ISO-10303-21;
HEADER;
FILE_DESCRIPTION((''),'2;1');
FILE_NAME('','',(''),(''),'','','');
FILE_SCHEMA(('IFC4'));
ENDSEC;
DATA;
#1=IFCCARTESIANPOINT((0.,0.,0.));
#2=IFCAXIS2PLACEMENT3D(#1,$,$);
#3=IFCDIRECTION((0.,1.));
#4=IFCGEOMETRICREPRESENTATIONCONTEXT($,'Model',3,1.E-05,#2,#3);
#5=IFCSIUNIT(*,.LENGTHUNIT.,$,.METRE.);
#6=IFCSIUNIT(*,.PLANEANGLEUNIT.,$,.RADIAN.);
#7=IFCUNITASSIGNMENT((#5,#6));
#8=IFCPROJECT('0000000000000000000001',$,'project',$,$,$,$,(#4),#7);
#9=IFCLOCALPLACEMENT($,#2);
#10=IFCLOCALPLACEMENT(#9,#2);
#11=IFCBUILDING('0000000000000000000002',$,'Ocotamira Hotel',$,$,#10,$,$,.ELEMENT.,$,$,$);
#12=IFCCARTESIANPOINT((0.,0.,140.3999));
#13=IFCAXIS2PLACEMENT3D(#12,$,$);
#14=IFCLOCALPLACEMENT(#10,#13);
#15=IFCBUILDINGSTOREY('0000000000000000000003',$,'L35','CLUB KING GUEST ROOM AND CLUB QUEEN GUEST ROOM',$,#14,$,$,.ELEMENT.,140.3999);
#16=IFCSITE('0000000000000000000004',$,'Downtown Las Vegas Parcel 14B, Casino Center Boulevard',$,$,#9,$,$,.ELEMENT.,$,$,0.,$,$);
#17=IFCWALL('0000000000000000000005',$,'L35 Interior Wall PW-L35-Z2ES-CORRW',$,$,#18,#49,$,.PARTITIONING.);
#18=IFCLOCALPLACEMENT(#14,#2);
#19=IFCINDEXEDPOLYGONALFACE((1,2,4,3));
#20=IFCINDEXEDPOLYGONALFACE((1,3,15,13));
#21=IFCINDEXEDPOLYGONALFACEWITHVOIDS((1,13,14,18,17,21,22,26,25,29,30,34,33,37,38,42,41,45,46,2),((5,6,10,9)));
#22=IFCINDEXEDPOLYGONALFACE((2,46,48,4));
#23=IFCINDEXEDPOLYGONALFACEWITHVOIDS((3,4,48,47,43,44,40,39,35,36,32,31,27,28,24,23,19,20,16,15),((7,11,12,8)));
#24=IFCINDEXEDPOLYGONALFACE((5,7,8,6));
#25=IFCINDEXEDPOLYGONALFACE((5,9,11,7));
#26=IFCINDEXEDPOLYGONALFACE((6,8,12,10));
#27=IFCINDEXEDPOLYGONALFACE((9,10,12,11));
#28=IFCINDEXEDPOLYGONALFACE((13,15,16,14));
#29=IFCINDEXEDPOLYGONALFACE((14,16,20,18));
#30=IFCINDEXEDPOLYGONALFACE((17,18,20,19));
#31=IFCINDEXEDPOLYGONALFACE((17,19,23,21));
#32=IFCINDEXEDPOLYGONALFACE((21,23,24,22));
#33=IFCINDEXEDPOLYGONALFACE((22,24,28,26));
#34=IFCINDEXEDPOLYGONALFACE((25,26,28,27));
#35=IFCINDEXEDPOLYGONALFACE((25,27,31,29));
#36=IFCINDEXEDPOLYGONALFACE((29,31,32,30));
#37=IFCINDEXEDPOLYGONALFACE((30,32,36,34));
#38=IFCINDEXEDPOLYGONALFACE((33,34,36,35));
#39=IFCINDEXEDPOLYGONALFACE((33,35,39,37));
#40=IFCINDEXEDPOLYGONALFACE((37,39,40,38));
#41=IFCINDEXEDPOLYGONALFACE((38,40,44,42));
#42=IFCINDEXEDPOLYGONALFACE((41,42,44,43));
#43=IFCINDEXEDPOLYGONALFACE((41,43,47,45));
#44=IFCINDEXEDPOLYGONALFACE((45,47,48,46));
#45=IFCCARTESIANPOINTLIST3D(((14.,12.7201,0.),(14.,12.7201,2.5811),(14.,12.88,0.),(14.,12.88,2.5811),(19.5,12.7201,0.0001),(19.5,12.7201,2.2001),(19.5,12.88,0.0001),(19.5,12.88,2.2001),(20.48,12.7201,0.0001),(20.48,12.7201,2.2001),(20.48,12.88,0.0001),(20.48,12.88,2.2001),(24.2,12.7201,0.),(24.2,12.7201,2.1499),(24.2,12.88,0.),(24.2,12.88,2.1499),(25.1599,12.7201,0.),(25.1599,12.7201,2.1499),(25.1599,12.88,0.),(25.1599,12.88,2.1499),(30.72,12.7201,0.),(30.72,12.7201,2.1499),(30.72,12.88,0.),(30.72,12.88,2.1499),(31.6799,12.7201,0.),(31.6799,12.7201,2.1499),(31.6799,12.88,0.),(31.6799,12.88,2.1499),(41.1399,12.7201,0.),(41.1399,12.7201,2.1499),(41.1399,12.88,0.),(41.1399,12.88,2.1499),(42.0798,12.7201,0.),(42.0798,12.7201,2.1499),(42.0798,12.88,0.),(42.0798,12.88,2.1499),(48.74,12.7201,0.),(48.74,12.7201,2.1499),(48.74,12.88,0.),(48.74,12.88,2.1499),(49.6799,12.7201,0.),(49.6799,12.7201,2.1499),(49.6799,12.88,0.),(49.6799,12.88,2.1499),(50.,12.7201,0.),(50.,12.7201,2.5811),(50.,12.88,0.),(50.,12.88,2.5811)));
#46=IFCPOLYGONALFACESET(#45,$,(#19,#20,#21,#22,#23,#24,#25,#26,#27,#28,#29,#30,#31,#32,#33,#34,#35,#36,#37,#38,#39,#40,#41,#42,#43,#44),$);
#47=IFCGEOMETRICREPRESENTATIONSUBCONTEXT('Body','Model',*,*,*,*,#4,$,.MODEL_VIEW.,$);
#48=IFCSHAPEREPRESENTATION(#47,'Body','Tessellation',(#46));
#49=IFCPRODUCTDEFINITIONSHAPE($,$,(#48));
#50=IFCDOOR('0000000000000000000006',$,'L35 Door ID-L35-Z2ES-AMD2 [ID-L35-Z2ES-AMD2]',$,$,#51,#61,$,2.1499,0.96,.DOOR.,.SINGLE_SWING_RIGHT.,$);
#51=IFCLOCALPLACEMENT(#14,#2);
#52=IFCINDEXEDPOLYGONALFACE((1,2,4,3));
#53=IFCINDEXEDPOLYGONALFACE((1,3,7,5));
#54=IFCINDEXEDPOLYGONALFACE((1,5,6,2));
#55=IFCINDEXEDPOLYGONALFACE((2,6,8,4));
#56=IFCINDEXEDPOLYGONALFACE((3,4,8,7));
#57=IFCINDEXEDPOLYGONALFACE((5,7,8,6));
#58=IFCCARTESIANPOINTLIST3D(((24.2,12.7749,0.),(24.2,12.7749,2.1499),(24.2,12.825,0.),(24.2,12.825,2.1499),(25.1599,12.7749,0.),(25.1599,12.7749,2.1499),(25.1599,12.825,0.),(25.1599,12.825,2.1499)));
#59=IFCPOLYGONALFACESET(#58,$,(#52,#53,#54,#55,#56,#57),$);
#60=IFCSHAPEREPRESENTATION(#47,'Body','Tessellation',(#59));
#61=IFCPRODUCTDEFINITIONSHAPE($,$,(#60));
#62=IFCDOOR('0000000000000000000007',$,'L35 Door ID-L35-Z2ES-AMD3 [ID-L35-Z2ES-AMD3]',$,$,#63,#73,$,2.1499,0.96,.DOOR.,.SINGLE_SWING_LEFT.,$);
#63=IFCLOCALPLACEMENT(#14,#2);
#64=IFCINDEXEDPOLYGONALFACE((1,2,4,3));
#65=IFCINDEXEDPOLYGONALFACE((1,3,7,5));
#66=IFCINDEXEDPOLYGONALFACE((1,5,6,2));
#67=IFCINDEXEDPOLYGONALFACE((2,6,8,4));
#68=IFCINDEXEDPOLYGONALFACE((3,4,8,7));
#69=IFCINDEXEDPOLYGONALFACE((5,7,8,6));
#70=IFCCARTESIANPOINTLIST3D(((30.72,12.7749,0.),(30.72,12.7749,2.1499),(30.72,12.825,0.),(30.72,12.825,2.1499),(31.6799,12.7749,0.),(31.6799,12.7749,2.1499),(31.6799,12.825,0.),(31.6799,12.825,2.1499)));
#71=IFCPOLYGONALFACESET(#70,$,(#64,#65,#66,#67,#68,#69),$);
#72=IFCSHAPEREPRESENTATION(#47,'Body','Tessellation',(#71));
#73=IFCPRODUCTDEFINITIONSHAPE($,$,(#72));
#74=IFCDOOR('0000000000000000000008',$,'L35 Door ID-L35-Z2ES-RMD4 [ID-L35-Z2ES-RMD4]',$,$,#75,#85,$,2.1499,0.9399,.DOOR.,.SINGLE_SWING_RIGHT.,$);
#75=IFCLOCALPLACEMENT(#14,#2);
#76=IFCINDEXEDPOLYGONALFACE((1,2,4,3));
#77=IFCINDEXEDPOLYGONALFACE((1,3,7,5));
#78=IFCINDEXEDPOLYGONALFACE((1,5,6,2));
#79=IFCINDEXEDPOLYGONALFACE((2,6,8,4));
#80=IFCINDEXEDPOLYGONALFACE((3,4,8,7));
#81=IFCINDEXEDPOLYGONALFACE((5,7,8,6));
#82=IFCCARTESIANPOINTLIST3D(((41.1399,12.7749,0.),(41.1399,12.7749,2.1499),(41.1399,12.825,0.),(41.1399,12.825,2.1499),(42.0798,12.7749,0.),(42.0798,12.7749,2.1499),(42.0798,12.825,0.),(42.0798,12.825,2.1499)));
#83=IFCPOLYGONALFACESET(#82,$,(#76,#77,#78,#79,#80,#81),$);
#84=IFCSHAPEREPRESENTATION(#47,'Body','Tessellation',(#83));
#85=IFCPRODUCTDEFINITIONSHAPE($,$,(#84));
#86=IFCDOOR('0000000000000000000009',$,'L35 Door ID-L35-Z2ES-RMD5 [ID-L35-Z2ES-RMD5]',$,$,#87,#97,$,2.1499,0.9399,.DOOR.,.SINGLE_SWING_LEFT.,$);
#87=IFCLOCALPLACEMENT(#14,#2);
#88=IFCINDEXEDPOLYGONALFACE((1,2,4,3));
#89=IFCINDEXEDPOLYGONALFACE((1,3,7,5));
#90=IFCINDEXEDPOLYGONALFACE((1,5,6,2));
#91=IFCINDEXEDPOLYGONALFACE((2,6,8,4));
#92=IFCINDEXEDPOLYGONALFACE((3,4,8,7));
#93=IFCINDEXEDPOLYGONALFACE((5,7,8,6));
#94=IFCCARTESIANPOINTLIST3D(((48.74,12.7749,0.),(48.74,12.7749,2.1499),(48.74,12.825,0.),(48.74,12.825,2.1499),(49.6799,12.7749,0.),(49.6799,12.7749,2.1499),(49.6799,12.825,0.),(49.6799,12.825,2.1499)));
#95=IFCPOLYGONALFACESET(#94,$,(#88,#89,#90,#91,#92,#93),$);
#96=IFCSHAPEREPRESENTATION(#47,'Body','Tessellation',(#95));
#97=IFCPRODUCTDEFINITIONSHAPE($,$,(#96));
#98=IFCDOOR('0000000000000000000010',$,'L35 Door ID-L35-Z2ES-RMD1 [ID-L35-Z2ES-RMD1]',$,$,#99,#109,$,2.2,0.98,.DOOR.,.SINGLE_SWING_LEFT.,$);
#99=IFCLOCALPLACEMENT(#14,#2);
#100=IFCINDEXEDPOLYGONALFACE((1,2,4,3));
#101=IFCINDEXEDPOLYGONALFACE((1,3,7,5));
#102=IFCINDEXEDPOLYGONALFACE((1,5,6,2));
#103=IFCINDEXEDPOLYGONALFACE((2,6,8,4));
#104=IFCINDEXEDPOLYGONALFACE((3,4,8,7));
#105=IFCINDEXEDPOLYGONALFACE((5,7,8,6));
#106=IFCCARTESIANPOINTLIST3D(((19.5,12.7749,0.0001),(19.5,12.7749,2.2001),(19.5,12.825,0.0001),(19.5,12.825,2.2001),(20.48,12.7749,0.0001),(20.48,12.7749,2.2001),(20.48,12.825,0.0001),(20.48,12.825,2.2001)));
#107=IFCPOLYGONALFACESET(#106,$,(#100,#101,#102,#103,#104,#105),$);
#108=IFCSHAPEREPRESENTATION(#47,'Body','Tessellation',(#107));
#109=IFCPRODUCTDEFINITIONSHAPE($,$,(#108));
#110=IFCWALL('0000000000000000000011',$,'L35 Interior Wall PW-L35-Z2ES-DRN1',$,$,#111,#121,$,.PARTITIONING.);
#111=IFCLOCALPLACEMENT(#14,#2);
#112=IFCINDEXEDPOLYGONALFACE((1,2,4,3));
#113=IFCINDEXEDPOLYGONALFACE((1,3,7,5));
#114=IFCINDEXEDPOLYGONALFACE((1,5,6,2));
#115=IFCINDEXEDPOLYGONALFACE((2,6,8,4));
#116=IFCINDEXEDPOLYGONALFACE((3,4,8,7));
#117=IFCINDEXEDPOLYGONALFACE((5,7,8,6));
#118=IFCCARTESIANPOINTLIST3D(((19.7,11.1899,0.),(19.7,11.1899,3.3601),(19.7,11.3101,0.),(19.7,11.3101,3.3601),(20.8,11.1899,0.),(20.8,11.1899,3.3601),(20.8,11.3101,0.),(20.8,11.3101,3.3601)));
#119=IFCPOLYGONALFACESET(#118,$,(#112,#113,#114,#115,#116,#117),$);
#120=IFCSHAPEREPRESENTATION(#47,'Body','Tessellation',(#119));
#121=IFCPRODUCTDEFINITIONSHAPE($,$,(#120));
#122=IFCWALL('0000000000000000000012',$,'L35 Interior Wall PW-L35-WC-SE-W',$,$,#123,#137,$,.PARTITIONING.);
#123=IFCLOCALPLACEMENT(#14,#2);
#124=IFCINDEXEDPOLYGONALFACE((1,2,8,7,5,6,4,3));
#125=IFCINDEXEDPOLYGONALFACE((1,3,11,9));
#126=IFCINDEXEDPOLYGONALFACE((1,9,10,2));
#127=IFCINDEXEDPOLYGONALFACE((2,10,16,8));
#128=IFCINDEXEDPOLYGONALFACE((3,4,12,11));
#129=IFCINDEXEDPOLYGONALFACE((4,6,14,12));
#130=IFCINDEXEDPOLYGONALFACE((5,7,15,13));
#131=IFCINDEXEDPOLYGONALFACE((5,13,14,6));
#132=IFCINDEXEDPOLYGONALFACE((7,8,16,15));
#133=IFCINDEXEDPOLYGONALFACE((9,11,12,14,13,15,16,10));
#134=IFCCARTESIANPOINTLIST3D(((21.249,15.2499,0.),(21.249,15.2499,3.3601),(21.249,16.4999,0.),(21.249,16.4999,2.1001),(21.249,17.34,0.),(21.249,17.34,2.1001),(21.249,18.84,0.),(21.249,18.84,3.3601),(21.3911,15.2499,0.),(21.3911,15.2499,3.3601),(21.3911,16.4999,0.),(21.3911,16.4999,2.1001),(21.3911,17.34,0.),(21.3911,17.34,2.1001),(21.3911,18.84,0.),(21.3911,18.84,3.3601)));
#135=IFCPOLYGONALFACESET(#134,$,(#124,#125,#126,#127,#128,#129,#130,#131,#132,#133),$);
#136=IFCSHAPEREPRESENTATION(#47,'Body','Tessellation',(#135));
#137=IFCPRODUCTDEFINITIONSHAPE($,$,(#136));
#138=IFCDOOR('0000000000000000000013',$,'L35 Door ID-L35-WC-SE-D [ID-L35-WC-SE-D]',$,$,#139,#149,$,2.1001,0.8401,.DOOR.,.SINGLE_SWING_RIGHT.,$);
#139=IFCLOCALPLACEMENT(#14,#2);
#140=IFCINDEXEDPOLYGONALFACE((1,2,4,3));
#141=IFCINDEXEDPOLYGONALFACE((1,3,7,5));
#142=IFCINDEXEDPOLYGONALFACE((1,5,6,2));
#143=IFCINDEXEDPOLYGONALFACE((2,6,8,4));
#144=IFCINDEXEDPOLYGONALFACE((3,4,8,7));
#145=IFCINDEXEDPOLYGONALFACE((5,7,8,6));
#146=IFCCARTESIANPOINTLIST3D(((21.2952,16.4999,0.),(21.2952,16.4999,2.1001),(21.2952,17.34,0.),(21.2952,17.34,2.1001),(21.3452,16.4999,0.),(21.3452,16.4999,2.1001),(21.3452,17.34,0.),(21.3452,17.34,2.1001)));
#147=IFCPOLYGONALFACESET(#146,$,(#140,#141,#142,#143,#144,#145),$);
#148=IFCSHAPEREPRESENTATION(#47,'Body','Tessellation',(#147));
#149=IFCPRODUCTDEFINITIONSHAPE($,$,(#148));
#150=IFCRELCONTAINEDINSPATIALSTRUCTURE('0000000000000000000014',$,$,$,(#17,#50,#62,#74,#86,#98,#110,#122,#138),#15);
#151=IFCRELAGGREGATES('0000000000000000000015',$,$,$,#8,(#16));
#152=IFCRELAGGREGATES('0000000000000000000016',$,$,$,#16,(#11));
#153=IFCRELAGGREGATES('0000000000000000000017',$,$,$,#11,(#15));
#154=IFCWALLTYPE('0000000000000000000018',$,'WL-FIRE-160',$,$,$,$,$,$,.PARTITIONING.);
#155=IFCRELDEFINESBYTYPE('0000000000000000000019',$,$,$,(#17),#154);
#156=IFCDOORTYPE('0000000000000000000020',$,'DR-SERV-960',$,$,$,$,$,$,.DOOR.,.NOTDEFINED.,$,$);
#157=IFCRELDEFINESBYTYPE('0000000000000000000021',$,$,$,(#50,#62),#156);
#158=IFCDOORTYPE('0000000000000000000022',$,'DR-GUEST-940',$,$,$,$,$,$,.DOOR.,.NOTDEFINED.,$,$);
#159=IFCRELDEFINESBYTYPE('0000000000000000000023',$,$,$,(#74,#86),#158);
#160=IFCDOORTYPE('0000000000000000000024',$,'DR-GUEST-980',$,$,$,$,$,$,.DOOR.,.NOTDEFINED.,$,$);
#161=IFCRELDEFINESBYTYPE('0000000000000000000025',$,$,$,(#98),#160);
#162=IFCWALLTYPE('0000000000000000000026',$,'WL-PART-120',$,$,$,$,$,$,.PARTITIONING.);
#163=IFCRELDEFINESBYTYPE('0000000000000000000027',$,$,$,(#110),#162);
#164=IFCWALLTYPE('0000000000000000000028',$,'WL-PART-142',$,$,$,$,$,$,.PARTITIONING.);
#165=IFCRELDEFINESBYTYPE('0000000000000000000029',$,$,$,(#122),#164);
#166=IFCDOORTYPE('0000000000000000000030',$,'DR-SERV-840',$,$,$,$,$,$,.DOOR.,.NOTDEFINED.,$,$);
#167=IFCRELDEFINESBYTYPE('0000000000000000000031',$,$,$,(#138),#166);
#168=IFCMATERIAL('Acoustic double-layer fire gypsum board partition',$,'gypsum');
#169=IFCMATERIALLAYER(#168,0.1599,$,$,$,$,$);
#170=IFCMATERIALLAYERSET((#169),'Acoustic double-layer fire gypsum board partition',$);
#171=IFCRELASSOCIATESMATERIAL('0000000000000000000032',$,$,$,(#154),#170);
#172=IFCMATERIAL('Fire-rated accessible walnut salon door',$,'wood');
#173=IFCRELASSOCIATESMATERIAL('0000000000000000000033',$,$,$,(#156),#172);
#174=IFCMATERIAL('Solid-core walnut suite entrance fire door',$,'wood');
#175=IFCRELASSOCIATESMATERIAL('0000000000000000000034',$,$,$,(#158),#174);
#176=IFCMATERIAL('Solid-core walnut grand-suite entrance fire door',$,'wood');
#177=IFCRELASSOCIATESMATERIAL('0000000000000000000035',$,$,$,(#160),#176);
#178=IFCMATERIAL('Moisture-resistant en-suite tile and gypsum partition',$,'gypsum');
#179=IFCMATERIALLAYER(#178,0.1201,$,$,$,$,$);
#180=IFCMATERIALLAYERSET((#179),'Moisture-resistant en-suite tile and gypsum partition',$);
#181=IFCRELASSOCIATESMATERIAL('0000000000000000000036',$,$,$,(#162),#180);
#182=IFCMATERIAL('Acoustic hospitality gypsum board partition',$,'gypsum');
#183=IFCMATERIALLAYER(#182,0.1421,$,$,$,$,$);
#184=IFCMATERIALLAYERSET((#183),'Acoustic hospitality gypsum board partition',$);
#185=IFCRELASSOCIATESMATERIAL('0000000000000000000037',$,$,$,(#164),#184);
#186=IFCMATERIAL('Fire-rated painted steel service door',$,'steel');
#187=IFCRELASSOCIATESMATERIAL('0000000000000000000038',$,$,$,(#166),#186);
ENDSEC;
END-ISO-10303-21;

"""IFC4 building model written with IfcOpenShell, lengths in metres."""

from ifc_helpers import new_model, si_unit, direction, frame, frame_2d, origin, place, context, subcontext, project, spatial, rectangle, extrude, source, transform, mapped, material, layer, layer_set, type_object, element, fill, save


model = new_model("IFC4")

# Units and contexts
model_context = context("Model", 3, precision=1e-05, world=origin(), true_north=direction((0.0, 1.0)))
body_context = subcontext(model_context, "Body", "Model", "MODEL_VIEW")
ifc_project = project(units=[si_unit("LENGTHUNIT", "METRE"), si_unit("PLANEANGLEUNIT", "RADIAN")], contexts=[model_context])

# Site, building, storey
site_placement = place(None, origin())
site = spatial("IfcSite", under=ifc_project, at=site_placement, Name="Downtown Las Vegas Parcel 14B, Casino Center Boulevard", CompositionType="ELEMENT", RefElevation=0.0)
building_placement = place(site_placement, origin())
building = spatial("IfcBuilding", under=site, at=building_placement, Name="Ocotamira Hotel", CompositionType="ELEMENT")
storey_placement = place(building_placement, frame((0.0, 0.0, 140.3999)))
storey = spatial("IfcBuildingStorey", under=building, at=storey_placement, Name="L35", Description="CLUB KING GUEST ROOM AND CLUB QUEEN GUEST ROOM", CompositionType="ELEMENT", Elevation=140.3999)

# Wall, openings, doors
ifc_material_1 = material(Name="Acoustic double-layer fire gypsum board partition", Category="gypsum")
ifc_layer_1 = layer(ifc_material_1, 0.1599)
ifc_layer_set_1 = layer_set([ifc_layer_1], Name="Acoustic double-layer fire gypsum board partition")
wall_type_1 = type_object("IfcWallType", Name="WL-FIRE-160", PredefinedType="PARTITIONING", material=ifc_layer_set_1)
wall_1_placement = place(storey_placement, frame((14.0, 12.8, 0.0), z_axis=(0.0, 0.0, 1.0), x_axis=(1.0, 0.0, 0.0)))
wall_1 = element("IfcWall", 1, at=wall_1_placement, inside=storey, type_object=wall_type_1, Name="L35 Interior Wall PW-L35-Z2ES-CORRW", PredefinedType="PARTITIONING", context=body_context, shape_type="SweptSolid", body=[
    extrude(rectangle(XDim=36.0, YDim=0.1599, at=frame_2d((18.0, 0.0))), origin(), (0.0, 0.0, 1.0), 2.5811),
])
opening_1_placement = place(wall_1_placement, frame((5.5, 0.0, 0.0)))
opening_1 = element("IfcOpeningElement", 2, at=opening_1_placement, cuts=wall_1, PredefinedType="OPENING", context=body_context, shape_type="SweptSolid", body=[
    extrude(rectangle(XDim=0.98, YDim=2.2, at=frame_2d((0.49, 1.1001))), frame((0.0, 0.0898, 0.0), z_axis=(0.0, -1.0, 0.0), x_axis=(1.0, 0.0, 0.0)), (0.0, 0.0, 1.0), 0.1799),
])
opening_2_placement = place(wall_1_placement, frame((10.2, 0.0, 0.0)))
opening_2 = element("IfcOpeningElement", 3, at=opening_2_placement, cuts=wall_1, PredefinedType="OPENING", context=body_context, shape_type="SweptSolid", body=[
    extrude(rectangle(XDim=0.96, YDim=2.1499, at=frame_2d((0.48, 1.075))), frame((0.0, 0.0898, 0.0), z_axis=(0.0, -1.0, 0.0), x_axis=(1.0, 0.0, 0.0)), (0.0, 0.0, 1.0), 0.1799),
])
opening_3_placement = place(wall_1_placement, frame((16.72, 0.0, 0.0)))
opening_3 = element("IfcOpeningElement", 4, at=opening_3_placement, cuts=wall_1, PredefinedType="OPENING", context=body_context, shape_type="SweptSolid", body=[
    extrude(rectangle(XDim=0.96, YDim=2.1499, at=frame_2d((0.48, 1.075))), frame((0.0, 0.0898, 0.0), z_axis=(0.0, -1.0, 0.0), x_axis=(1.0, 0.0, 0.0)), (0.0, 0.0, 1.0), 0.1799),
])
opening_4_placement = place(wall_1_placement, frame((27.1399, 0.0, 0.0)))
opening_4 = element("IfcOpeningElement", 5, at=opening_4_placement, cuts=wall_1, PredefinedType="OPENING", context=body_context, shape_type="SweptSolid", body=[
    extrude(rectangle(XDim=0.9399, YDim=2.1499, at=frame_2d((0.47, 1.075))), frame((0.0, 0.0898, 0.0), z_axis=(0.0, -1.0, 0.0), x_axis=(1.0, 0.0, 0.0)), (0.0, 0.0, 1.0), 0.1799),
])
opening_5_placement = place(wall_1_placement, frame((34.74, 0.0, 0.0)))
opening_5 = element("IfcOpeningElement", 6, at=opening_5_placement, cuts=wall_1, PredefinedType="OPENING", context=body_context, shape_type="SweptSolid", body=[
    extrude(rectangle(XDim=0.9399, YDim=2.1499, at=frame_2d((0.47, 1.075))), frame((0.0, 0.0898, 0.0), z_axis=(0.0, -1.0, 0.0), x_axis=(1.0, 0.0, 0.0)), (0.0, 0.0, 1.0), 0.1799),
])
ifc_material_2 = material(Name="Fire-rated accessible walnut salon door", Category="wood")
door_type_1 = type_object("IfcDoorType", Name="DR-SERV-960", OperationType="NOTDEFINED", PredefinedType="DOOR", material=ifc_material_2)
shared_shape_1 = source(origin(), body_context, "Body", "SweptSolid", [
    extrude(rectangle(XDim=0.96, YDim=2.1499, at=frame_2d((0.48, 1.075))), frame((0.0, 0.0249, 0.0), z_axis=(0.0, -1.0, 0.0), x_axis=(1.0, 0.0, 0.0)), (0.0, 0.0, 1.0), 0.05),
])
door_1_placement = place(opening_2_placement, origin())
door_1 = element("IfcDoor", 7, at=door_1_placement, inside=storey, type_object=door_type_1, Name="L35 Door ID-L35-Z2ES-AMD2 [ID-L35-Z2ES-AMD2]", OperationType="SINGLE_SWING_RIGHT", OverallHeight=2.1499, OverallWidth=0.96, PredefinedType="DOOR", context=body_context, shape_type="MappedRepresentation", body=[
    mapped(shared_shape_1, transform((0.0, 0.0, 0.0), scale=1.0)),
])
fill(opening_2, door_1)
door_2_placement = place(opening_3_placement, origin())
door_2 = element("IfcDoor", 8, at=door_2_placement, inside=storey, type_object=door_type_1, Name="L35 Door ID-L35-Z2ES-AMD3 [ID-L35-Z2ES-AMD3]", OperationType="SINGLE_SWING_LEFT", OverallHeight=2.1499, OverallWidth=0.96, PredefinedType="DOOR", context=body_context, shape_type="MappedRepresentation", body=[
    mapped(shared_shape_1, transform((0.0, 0.0, 0.0), scale=1.0)),
])
fill(opening_3, door_2)
ifc_material_3 = material(Name="Solid-core walnut suite entrance fire door", Category="wood")
door_type_2 = type_object("IfcDoorType", Name="DR-GUEST-940", OperationType="NOTDEFINED", PredefinedType="DOOR", material=ifc_material_3)
shared_shape_2 = source(origin(), body_context, "Body", "SweptSolid", [
    extrude(rectangle(XDim=0.9399, YDim=2.1499, at=frame_2d((0.47, 1.075))), frame((0.0, 0.0249, 0.0), z_axis=(0.0, -1.0, 0.0), x_axis=(1.0, 0.0, 0.0)), (0.0, 0.0, 1.0), 0.05),
])
door_3_placement = place(opening_4_placement, origin())
door_3 = element("IfcDoor", 9, at=door_3_placement, inside=storey, type_object=door_type_2, Name="L35 Door ID-L35-Z2ES-RMD4 [ID-L35-Z2ES-RMD4]", OperationType="SINGLE_SWING_RIGHT", OverallHeight=2.1499, OverallWidth=0.9399, PredefinedType="DOOR", context=body_context, shape_type="MappedRepresentation", body=[
    mapped(shared_shape_2, transform((0.0, 0.0, 0.0), scale=1.0)),
])
fill(opening_4, door_3)
door_4_placement = place(opening_5_placement, origin())
door_4 = element("IfcDoor", 10, at=door_4_placement, inside=storey, type_object=door_type_2, Name="L35 Door ID-L35-Z2ES-RMD5 [ID-L35-Z2ES-RMD5]", OperationType="SINGLE_SWING_LEFT", OverallHeight=2.1499, OverallWidth=0.9399, PredefinedType="DOOR", context=body_context, shape_type="MappedRepresentation", body=[
    mapped(shared_shape_2, transform((0.0, 0.0, 0.0), scale=1.0)),
])
fill(opening_5, door_4)
ifc_material_4 = material(Name="Solid-core walnut grand-suite entrance fire door", Category="wood")
door_type_3 = type_object("IfcDoorType", Name="DR-GUEST-980", OperationType="NOTDEFINED", PredefinedType="DOOR", material=ifc_material_4)
shared_shape_3 = source(origin(), body_context, "Body", "SweptSolid", [
    extrude(rectangle(XDim=0.98, YDim=2.2, at=frame_2d((0.49, 1.1001))), frame((0.0, 0.0249, 0.0), z_axis=(0.0, -1.0, 0.0), x_axis=(1.0, 0.0, 0.0)), (0.0, 0.0, 1.0), 0.05),
])
door_5_placement = place(opening_1_placement, origin())
door_5 = element("IfcDoor", 11, at=door_5_placement, inside=storey, type_object=door_type_3, Name="L35 Door ID-L35-Z2ES-RMD1 [ID-L35-Z2ES-RMD1]", OperationType="SINGLE_SWING_LEFT", OverallHeight=2.2, OverallWidth=0.98, PredefinedType="DOOR", context=body_context, shape_type="MappedRepresentation", body=[
    mapped(shared_shape_3, transform((0.0, 0.0, 0.0), scale=1.0)),
])
fill(opening_1, door_5)

# Wall
ifc_material_5 = material(Name="Moisture-resistant en-suite tile and gypsum partition", Category="gypsum")
ifc_layer_2 = layer(ifc_material_5, 0.1201)
ifc_layer_set_2 = layer_set([ifc_layer_2], Name="Moisture-resistant en-suite tile and gypsum partition")
wall_type_2 = type_object("IfcWallType", Name="WL-PART-120", PredefinedType="PARTITIONING", material=ifc_layer_set_2)
wall_2_placement = place(storey_placement, frame((19.7, 11.25, 0.0), z_axis=(0.0, 0.0, 1.0), x_axis=(1.0, 0.0, 0.0)))
element("IfcWall", 12, at=wall_2_placement, inside=storey, type_object=wall_type_2, Name="L35 Interior Wall PW-L35-Z2ES-DRN1", PredefinedType="PARTITIONING", context=body_context, shape_type="SweptSolid", body=[
    extrude(rectangle(XDim=1.1001, YDim=0.1201, at=frame_2d((0.55, 0.0))), origin(), (0.0, 0.0, 1.0), 3.3601),
])

# Wall, opening, door
ifc_material_6 = material(Name="Acoustic hospitality gypsum board partition", Category="gypsum")
ifc_layer_3 = layer(ifc_material_6, 0.1421)
ifc_layer_set_3 = layer_set([ifc_layer_3], Name="Acoustic hospitality gypsum board partition")
wall_type_3 = type_object("IfcWallType", Name="WL-PART-142", PredefinedType="PARTITIONING", material=ifc_layer_set_3)
wall_3_placement = place(storey_placement, frame((21.3201, 15.25, 0.0), z_axis=(0.0, 0.0, 1.0), x_axis=(0.0, 1.0, 0.0)))
wall_3 = element("IfcWall", 13, at=wall_3_placement, inside=storey, type_object=wall_type_3, Name="L35 Interior Wall PW-L35-WC-SE-W", PredefinedType="PARTITIONING", context=body_context, shape_type="SweptSolid", body=[
    extrude(rectangle(XDim=3.5901, YDim=0.1421, at=frame_2d((1.7949, 0.0))), origin(), (0.0, 0.0, 1.0), 3.3601),
])
opening_6_placement = place(wall_3_placement, frame((1.25, 0.0, 0.0)))
opening_6 = element("IfcOpeningElement", 14, at=opening_6_placement, cuts=wall_3, PredefinedType="OPENING", context=body_context, shape_type="SweptSolid", body=[
    extrude(rectangle(XDim=0.8401, YDim=2.1001, at=frame_2d((0.4199, 1.05))), frame((0.0, 0.0811, 0.0), z_axis=(0.0, -1.0, 0.0), x_axis=(1.0, 0.0, 0.0)), (0.0, 0.0, 1.0), 0.1621),
])
ifc_material_7 = material(Name="Fire-rated painted steel service door", Category="steel")
door_type_4 = type_object("IfcDoorType", Name="DR-SERV-840", OperationType="NOTDEFINED", PredefinedType="DOOR", material=ifc_material_7)
shared_shape_4 = source(origin(), body_context, "Body", "SweptSolid", [
    extrude(rectangle(XDim=0.8401, YDim=2.1001, at=frame_2d((0.4199, 1.05))), frame((0.0, 0.0249, 0.0), z_axis=(0.0, -1.0, 0.0), x_axis=(1.0, 0.0, 0.0)), (0.0, 0.0, 1.0), 0.05),
])
door_6_placement = place(opening_6_placement, origin())
door_6 = element("IfcDoor", 15, at=door_6_placement, inside=storey, type_object=door_type_4, Name="L35 Door ID-L35-WC-SE-D [ID-L35-WC-SE-D]", OperationType="SINGLE_SWING_RIGHT", OverallHeight=2.1001, OverallWidth=0.8401, PredefinedType="DOOR", context=body_context, shape_type="MappedRepresentation", body=[
    mapped(shared_shape_4, transform((0.0, 0.0, 0.0), scale=1.0)),
])
fill(opening_6, door_6)

save(model, "model.ifc")
